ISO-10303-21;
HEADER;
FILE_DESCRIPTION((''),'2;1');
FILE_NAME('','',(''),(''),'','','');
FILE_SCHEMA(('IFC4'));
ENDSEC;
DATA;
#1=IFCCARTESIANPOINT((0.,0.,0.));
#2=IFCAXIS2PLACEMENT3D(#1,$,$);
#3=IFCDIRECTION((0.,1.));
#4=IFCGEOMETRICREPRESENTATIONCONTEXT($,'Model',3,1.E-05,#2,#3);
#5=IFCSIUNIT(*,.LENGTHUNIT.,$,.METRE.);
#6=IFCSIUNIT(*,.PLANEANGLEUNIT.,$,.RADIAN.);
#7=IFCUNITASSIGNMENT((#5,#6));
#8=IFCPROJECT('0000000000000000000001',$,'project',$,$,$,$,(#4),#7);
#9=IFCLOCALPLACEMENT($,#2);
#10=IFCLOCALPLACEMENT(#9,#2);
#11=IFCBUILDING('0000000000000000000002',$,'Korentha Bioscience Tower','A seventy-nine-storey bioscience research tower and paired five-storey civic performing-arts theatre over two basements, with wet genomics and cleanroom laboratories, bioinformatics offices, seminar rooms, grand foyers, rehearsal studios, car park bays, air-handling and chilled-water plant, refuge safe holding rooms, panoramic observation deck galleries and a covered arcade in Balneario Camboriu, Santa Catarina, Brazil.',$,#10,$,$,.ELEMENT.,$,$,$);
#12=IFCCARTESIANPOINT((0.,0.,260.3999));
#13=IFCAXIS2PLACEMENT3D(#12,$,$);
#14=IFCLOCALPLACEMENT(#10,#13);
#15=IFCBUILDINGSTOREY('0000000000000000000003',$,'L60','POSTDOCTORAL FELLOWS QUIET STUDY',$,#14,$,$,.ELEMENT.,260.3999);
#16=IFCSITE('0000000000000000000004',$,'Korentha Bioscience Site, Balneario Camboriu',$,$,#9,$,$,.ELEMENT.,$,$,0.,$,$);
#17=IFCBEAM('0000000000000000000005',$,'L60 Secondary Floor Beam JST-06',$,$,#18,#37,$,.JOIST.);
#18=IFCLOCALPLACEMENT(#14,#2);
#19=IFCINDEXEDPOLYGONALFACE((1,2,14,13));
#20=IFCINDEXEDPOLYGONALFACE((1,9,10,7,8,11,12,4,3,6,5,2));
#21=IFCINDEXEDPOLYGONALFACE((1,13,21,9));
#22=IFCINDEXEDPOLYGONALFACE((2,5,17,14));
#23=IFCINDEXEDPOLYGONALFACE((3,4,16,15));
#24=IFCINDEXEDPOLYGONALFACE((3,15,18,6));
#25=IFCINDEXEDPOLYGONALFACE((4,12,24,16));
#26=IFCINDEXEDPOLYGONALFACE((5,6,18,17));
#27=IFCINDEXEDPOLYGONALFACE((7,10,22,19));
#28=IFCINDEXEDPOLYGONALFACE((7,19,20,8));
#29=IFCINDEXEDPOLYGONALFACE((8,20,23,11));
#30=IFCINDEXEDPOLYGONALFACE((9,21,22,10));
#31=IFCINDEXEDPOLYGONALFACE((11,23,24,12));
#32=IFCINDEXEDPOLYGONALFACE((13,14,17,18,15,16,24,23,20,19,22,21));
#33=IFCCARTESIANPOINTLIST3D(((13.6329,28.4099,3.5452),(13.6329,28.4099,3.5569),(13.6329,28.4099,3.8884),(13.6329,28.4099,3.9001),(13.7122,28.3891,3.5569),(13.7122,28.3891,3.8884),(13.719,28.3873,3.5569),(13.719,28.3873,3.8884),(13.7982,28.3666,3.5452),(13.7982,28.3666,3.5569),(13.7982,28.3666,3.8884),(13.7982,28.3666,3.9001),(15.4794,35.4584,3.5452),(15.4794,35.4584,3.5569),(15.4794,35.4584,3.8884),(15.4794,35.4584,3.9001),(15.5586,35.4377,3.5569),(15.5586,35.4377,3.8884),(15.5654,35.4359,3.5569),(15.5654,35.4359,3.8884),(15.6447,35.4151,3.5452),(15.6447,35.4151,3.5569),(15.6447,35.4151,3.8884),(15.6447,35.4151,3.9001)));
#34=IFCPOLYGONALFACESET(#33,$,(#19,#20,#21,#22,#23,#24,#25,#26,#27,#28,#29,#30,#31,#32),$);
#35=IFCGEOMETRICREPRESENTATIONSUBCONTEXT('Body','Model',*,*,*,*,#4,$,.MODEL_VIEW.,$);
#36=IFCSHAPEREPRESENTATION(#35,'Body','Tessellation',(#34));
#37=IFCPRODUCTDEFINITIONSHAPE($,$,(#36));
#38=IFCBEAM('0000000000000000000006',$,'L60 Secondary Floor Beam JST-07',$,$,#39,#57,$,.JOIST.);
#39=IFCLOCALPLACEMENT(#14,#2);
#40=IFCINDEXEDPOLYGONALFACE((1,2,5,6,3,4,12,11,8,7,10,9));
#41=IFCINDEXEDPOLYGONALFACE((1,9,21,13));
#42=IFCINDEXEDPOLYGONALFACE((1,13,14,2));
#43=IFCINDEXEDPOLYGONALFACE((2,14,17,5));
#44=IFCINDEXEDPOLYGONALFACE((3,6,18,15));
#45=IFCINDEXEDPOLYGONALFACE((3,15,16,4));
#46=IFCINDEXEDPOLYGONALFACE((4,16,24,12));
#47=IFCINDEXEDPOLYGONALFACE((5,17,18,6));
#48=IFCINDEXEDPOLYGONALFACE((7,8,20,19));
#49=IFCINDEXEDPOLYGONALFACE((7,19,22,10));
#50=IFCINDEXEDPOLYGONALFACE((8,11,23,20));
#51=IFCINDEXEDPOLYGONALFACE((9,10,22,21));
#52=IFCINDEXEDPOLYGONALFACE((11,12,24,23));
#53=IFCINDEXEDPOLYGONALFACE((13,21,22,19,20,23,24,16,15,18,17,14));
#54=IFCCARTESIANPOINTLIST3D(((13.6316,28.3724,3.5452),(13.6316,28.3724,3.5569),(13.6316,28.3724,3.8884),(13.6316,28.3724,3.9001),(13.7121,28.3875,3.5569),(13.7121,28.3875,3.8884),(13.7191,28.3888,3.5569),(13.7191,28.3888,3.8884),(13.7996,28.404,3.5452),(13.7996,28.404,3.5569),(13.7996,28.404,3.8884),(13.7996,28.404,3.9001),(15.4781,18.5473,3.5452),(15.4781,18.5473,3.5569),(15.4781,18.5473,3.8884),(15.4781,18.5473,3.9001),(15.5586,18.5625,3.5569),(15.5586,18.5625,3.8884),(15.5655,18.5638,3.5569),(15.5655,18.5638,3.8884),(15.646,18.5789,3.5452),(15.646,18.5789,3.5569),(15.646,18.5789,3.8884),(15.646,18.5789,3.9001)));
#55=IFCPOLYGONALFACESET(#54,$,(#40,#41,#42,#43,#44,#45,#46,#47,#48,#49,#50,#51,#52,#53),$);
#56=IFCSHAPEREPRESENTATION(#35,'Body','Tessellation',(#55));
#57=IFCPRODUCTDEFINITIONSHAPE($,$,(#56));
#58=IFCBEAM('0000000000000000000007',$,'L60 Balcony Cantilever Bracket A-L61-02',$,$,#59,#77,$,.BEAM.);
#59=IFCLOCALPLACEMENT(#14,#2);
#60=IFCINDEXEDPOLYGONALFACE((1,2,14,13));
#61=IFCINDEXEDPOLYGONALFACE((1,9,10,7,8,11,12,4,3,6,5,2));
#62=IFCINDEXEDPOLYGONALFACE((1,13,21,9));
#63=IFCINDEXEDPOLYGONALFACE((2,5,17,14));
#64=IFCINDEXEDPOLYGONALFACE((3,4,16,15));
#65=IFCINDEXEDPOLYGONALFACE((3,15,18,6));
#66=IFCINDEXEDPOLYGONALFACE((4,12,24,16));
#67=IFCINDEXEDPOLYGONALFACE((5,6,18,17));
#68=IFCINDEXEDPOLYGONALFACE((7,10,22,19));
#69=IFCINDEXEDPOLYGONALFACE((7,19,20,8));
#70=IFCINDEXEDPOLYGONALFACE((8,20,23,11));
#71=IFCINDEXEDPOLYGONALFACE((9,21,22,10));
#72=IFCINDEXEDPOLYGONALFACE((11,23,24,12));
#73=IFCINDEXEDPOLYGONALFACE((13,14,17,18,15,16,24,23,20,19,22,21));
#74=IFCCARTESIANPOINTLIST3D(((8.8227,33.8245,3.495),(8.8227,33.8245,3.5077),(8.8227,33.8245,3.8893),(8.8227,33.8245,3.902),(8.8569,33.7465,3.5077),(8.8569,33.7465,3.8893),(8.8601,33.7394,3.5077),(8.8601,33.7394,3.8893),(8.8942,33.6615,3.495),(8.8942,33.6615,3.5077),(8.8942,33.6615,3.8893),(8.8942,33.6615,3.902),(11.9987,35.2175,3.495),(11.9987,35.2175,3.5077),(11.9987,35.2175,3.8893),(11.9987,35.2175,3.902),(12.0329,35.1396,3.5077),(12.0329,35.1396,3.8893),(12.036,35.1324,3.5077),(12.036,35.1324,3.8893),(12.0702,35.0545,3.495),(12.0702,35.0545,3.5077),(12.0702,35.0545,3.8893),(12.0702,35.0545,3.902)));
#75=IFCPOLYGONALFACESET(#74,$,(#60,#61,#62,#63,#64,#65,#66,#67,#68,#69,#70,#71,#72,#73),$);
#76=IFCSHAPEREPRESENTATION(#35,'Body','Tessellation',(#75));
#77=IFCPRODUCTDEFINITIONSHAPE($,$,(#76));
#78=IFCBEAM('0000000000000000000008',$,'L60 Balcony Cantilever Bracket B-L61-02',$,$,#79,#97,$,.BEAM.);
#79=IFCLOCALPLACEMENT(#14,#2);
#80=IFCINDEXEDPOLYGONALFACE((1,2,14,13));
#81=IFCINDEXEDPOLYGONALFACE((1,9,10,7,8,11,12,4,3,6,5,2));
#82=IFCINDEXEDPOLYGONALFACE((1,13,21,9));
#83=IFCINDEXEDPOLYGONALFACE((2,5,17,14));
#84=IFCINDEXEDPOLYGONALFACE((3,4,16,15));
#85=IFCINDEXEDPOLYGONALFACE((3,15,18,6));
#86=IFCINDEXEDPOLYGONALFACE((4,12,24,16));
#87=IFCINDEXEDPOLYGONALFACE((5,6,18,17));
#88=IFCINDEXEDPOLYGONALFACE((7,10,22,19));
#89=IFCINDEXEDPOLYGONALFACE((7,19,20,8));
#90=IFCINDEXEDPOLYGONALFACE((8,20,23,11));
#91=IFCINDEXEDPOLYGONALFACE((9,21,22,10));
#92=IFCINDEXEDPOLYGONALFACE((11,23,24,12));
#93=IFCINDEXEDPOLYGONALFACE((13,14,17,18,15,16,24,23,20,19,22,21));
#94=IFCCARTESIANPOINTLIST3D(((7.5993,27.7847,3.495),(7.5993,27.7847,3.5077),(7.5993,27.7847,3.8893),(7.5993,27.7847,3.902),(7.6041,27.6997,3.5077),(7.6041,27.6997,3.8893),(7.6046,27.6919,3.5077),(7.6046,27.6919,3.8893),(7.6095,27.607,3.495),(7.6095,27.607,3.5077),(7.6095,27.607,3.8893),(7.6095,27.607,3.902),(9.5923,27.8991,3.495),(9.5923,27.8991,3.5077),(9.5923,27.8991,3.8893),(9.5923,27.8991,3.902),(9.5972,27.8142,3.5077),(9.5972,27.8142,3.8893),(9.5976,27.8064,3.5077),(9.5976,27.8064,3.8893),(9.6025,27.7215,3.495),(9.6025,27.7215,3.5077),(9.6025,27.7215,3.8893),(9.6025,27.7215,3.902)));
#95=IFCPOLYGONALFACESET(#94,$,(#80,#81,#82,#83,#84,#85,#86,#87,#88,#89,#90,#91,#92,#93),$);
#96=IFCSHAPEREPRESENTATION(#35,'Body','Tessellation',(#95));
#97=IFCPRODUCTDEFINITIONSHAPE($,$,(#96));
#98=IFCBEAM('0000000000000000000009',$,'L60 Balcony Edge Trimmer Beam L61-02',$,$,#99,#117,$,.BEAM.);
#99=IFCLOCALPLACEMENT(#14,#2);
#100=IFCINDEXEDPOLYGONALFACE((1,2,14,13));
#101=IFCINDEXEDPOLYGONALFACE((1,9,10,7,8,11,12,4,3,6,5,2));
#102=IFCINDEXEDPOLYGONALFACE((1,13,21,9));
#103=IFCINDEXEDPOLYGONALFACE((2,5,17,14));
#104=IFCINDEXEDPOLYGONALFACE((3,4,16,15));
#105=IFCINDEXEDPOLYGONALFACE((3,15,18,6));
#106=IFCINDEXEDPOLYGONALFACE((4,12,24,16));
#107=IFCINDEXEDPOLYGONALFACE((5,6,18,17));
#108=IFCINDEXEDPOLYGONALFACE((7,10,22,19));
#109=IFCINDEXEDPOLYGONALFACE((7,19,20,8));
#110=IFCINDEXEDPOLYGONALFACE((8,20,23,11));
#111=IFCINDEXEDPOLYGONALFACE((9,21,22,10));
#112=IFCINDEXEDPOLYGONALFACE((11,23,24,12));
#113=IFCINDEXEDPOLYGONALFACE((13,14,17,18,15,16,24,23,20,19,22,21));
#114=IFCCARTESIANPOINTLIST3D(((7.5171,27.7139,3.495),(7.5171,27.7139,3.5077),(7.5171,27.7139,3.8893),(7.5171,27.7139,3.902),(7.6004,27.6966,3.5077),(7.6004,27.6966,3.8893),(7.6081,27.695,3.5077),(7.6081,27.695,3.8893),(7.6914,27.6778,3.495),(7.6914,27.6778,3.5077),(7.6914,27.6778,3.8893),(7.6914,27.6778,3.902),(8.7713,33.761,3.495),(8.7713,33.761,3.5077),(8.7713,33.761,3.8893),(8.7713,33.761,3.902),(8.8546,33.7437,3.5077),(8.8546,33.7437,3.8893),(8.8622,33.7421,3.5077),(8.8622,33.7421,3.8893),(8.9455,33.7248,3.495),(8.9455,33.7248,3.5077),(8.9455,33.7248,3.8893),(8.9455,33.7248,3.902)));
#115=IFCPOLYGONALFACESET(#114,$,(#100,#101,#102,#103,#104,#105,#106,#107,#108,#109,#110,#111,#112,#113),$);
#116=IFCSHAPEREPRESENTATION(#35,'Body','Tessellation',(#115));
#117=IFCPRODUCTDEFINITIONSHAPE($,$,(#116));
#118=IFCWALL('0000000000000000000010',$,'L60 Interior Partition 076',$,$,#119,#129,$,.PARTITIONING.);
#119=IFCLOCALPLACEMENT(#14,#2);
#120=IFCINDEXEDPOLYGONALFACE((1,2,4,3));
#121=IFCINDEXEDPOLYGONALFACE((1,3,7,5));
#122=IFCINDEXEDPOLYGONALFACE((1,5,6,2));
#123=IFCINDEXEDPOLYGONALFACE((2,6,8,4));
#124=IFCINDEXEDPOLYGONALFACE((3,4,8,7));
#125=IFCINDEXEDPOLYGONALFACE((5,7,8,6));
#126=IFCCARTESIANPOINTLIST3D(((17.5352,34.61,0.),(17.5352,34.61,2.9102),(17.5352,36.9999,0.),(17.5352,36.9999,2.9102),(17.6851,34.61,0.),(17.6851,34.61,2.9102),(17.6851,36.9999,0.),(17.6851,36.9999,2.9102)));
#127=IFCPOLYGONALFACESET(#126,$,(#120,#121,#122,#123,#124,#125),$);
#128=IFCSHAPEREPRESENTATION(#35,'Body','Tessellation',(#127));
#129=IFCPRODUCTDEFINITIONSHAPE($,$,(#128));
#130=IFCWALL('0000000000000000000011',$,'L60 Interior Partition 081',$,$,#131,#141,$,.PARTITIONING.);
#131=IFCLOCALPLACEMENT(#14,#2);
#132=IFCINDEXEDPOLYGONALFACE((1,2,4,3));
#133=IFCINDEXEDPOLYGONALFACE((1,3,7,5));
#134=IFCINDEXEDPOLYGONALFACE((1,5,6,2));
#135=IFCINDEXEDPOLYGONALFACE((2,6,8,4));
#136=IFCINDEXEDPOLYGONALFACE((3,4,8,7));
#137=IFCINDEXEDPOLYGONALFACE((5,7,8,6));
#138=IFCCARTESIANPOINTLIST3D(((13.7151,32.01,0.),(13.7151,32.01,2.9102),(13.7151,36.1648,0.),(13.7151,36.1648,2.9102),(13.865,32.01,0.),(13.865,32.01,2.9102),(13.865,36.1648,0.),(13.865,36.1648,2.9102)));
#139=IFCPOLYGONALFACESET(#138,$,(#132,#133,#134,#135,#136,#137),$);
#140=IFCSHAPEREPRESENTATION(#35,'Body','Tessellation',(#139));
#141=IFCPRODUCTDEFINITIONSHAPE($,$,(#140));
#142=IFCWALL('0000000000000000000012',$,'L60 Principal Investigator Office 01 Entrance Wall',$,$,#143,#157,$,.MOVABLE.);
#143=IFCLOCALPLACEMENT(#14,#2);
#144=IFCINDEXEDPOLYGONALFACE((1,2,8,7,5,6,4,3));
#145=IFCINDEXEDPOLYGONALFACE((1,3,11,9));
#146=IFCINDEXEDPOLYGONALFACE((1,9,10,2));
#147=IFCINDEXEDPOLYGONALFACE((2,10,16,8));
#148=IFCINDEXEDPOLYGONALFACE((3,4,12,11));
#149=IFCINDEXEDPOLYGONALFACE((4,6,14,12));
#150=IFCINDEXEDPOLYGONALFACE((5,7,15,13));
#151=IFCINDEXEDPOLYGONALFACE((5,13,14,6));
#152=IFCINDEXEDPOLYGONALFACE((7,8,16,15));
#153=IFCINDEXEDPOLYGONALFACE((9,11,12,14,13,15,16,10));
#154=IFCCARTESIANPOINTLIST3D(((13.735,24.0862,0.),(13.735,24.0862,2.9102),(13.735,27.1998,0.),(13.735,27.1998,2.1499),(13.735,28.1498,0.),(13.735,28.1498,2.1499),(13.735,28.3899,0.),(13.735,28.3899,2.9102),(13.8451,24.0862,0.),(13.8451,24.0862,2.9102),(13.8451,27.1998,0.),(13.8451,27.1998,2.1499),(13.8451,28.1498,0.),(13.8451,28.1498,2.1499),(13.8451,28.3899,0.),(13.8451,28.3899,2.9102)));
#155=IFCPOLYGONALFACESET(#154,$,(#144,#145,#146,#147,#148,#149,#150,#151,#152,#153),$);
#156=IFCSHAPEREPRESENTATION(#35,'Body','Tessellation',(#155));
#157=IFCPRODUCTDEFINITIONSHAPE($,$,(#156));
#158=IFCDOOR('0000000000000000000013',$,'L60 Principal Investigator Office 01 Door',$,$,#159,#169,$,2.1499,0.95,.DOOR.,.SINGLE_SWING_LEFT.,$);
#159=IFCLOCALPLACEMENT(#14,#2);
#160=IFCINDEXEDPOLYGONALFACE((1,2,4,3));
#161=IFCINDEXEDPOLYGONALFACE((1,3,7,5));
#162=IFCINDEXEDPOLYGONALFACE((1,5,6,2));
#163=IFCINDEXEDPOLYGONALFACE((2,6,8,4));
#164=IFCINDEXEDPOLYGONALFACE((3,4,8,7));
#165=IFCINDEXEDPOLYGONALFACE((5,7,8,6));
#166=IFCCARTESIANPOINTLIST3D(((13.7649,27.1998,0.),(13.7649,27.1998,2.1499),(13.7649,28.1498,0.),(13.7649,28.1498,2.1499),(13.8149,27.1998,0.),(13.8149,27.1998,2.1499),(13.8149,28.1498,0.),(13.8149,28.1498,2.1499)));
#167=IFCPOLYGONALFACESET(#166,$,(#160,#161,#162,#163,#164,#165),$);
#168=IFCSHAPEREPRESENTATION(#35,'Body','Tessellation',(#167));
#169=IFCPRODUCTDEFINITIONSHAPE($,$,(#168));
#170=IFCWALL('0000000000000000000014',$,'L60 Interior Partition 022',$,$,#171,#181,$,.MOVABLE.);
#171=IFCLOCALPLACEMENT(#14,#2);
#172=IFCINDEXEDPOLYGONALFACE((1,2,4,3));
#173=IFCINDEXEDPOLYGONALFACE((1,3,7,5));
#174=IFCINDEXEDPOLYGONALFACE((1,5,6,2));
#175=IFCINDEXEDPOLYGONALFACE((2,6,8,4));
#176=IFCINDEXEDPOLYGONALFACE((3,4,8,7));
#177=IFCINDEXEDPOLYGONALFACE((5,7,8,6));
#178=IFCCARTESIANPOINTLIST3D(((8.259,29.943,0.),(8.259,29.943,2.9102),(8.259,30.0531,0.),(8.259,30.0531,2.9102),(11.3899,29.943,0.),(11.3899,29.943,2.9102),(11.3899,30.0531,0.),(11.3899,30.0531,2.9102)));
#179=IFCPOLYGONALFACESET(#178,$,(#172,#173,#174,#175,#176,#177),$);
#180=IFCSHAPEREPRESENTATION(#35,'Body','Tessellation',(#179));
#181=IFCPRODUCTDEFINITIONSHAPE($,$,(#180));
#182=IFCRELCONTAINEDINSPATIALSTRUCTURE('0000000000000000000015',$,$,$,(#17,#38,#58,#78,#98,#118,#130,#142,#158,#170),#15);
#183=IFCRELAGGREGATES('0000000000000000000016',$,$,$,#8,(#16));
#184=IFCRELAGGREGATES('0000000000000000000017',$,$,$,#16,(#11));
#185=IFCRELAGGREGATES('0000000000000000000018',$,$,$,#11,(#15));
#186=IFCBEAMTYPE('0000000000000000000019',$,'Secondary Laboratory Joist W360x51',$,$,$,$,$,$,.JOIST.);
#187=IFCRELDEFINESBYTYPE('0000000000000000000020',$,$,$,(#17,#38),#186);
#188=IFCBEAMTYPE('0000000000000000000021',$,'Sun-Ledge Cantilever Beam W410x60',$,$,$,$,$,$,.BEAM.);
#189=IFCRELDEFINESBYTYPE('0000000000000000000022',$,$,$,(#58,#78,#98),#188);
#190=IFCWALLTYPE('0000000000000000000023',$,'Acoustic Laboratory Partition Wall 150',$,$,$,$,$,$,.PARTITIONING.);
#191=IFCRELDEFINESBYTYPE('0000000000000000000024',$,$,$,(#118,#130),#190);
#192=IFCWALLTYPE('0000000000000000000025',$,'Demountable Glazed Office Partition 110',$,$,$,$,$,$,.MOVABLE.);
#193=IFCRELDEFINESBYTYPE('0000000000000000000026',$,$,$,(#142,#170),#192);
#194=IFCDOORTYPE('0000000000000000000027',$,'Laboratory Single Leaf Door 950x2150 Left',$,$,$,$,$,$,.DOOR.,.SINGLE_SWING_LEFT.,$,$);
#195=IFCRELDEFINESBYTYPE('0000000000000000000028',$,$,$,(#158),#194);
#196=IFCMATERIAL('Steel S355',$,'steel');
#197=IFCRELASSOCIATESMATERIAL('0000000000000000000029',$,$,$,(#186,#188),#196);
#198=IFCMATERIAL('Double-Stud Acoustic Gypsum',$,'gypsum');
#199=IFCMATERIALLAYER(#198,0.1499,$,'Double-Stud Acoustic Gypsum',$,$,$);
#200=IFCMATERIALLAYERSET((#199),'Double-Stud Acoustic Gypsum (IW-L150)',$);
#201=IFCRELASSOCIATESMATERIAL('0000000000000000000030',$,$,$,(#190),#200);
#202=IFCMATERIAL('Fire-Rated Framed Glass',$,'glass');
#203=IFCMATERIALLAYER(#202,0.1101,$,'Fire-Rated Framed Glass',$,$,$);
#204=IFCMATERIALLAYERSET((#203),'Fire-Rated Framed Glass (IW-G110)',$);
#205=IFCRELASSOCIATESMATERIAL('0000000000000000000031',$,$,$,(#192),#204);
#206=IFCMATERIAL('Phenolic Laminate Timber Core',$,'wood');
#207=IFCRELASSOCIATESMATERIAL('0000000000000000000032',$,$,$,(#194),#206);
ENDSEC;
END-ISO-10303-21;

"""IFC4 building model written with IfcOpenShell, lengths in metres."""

from ifc_helpers import new_model, si_unit, direction, frame, frame_2d, origin, origin_2d, place, context, subcontext, project, spatial, rectangle, i_section, extrude, material, layer, layer_set, material_profile, profile_set, type_object, element, fill, save


model = new_model("IFC4")

# Units and contexts
model_context = context("Model", 3, precision=1e-05, world=origin(), true_north=direction((0.0, 1.0)))
body_context = subcontext(model_context, "Body", "Model", "MODEL_VIEW")
ifc_project = project(units=[si_unit("LENGTHUNIT", "METRE"), si_unit("PLANEANGLEUNIT", "RADIAN")], contexts=[model_context])

# Site, building, storey
site_placement = place(None, origin())
site = spatial("IfcSite", under=ifc_project, at=site_placement, Name="Korentha Bioscience Site, Balneario Camboriu", CompositionType="ELEMENT", RefElevation=0.0)
building_placement = place(site_placement, origin())
building = spatial("IfcBuilding", under=site, at=building_placement, Name="Korentha Bioscience Tower", Description="A seventy-nine-storey bioscience research tower and paired five-storey civic performing-arts theatre over two basements, with wet genomics and cleanroom laboratories, bioinformatics offices, seminar rooms, grand foyers, rehearsal studios, car park bays, air-handling and chilled-water plant, refuge safe holding rooms, panoramic observation deck galleries and a covered arcade in Balneario Camboriu, Santa Catarina, Brazil.", CompositionType="ELEMENT")
storey_placement = place(building_placement, frame((0.0, 0.0, 260.3999)))
storey = spatial("IfcBuildingStorey", under=building, at=storey_placement, Name="L60", Description="POSTDOCTORAL FELLOWS QUIET STUDY", CompositionType="ELEMENT", Elevation=260.3999)

# Beams
ifc_material_1 = material(Name="Steel S355", Category="steel")
ifc_material_profile_1 = material_profile(ifc_material_1, i_section(OverallWidth=0.1709, OverallDepth=0.355, WebThickness=0.0071, FlangeThickness=0.0117, at=origin_2d()), Name="Steel S355")
ifc_profile_set_1 = profile_set([ifc_material_profile_1], Name="Steel S355 (JB-360)")
beam_type_1 = type_object("IfcBeamType", Name="Secondary Laboratory Joist W360x51", PredefinedType="JOIST", material=ifc_profile_set_1)
beam_1_placement = place(storey_placement, frame((15.562, 35.4368, 3.7227), z_axis=(-0.253408, -0.96736, 0.0), x_axis=(0.96736, -0.253408, 0.0)))
element("IfcBeam", 1, at=beam_1_placement, inside=storey, type_object=beam_type_1, Name="L60 Secondary Floor Beam JST-06", PredefinedType="JOIST", context=body_context, shape_type="SweptSolid", body=[
    extrude(i_section(OverallWidth=0.1709, OverallDepth=0.355, WebThickness=0.0071, FlangeThickness=0.0117, at=origin_2d()), origin(), (0.0, 0.0, 1.0), 7.2864),
])
beam_2_placement = place(storey_placement, frame((13.7156, 28.3882, 3.7227), z_axis=(0.1847, -0.982795, 0.0), x_axis=(0.982795, 0.1847, 0.0)))
element("IfcBeam", 2, at=beam_2_placement, inside=storey, type_object=beam_type_1, Name="L60 Secondary Floor Beam JST-07", PredefinedType="JOIST", context=body_context, shape_type="SweptSolid", body=[
    extrude(i_section(OverallWidth=0.1709, OverallDepth=0.355, WebThickness=0.0071, FlangeThickness=0.0117, at=origin_2d()), origin(), (0.0, 0.0, 1.0), 9.9971),
])
ifc_material_profile_2 = material_profile(ifc_material_1, i_section(OverallWidth=0.178, OverallDepth=0.407, WebThickness=0.0078, FlangeThickness=0.0127, at=origin_2d()), Name="Steel S355")
ifc_profile_set_2 = profile_set([ifc_material_profile_2], Name="Steel S355 (CB-410)")
beam_type_2 = type_object("IfcBeamType", Name="Sun-Ledge Cantilever Beam W410x60", PredefinedType="BEAM", material=ifc_profile_set_2)
beam_3_placement = place(storey_placement, frame((12.0344, 35.136, 3.6985), z_axis=(-0.91578, -0.401679, 0.0), x_axis=(0.401679, -0.91578, 0.0)))
element("IfcBeam", 3, at=beam_3_placement, inside=storey, type_object=beam_type_2, Name="L60 Balcony Cantilever Bracket A-L61-02", PredefinedType="BEAM", context=body_context, shape_type="SweptSolid", body=[
    extrude(i_section(OverallWidth=0.178, OverallDepth=0.407, WebThickness=0.0078, FlangeThickness=0.0127, at=origin_2d()), origin(), (0.0, 0.0, 1.0), 3.468),
])
beam_4_placement = place(storey_placement, frame((9.5974, 27.8103, 3.6985), z_axis=(-0.998354, -0.057353, 0.0), x_axis=(0.057353, -0.998354, 0.0)))
element("IfcBeam", 4, at=beam_4_placement, inside=storey, type_object=beam_type_2, Name="L60 Balcony Cantilever Bracket B-L61-02", PredefinedType="BEAM", context=body_context, shape_type="SweptSolid", body=[
    extrude(i_section(OverallWidth=0.178, OverallDepth=0.407, WebThickness=0.0078, FlangeThickness=0.0127, at=origin_2d()), origin(), (0.0, 0.0, 1.0), 1.9963),
])
beam_5_placement = place(storey_placement, frame((8.8584, 33.7429, 3.6985), z_axis=(-0.203075, -0.979163, 0.0), x_axis=(0.979163, -0.203075, 0.0)))
element("IfcBeam", 5, at=beam_5_placement, inside=storey, type_object=beam_type_2, Name="L60 Balcony Edge Trimmer Beam L61-02", PredefinedType="BEAM", context=body_context, shape_type="SweptSolid", body=[
    extrude(i_section(OverallWidth=0.178, OverallDepth=0.407, WebThickness=0.0078, FlangeThickness=0.0127, at=origin_2d()), origin(), (0.0, 0.0, 1.0), 6.1758),
])

# Walls
ifc_material_2 = material(Name="Double-Stud Acoustic Gypsum", Category="gypsum")
ifc_layer_1 = layer(ifc_material_2, 0.1499, Name="Double-Stud Acoustic Gypsum")
ifc_layer_set_1 = layer_set([ifc_layer_1], Name="Double-Stud Acoustic Gypsum (IW-L150)")
wall_type_1 = type_object("IfcWallType", Name="Acoustic Laboratory Partition Wall 150", PredefinedType="PARTITIONING", material=ifc_layer_set_1)
wall_1_placement = place(storey_placement, frame((17.6101, 34.6101, 0.0), z_axis=(0.0, 0.0, 1.0), x_axis=(0.0, 1.0, 0.0)))
element("IfcWall", 6, at=wall_1_placement, inside=storey, type_object=wall_type_1, Name="L60 Interior Partition 076", PredefinedType="PARTITIONING", context=body_context, shape_type="SweptSolid", body=[
    extrude(rectangle(XDim=2.3899, YDim=0.1499, at=frame_2d((1.1948, 0.0))), origin(), (0.0, 0.0, 1.0), 2.9102),
])
wall_2_placement = place(storey_placement, frame((13.79, 36.1648, 0.0), z_axis=(0.0, 0.0, 1.0), x_axis=(0.0, -1.0, 0.0)))
element("IfcWall", 7, at=wall_2_placement, inside=storey, type_object=wall_type_1, Name="L60 Interior Partition 081", PredefinedType="PARTITIONING", context=body_context, shape_type="SweptSolid", body=[
    extrude(rectangle(XDim=4.1548, YDim=0.1499, at=frame_2d((2.0774, 0.0))), origin(), (0.0, 0.0, 1.0), 2.9102),
])

# Wall, opening, door
ifc_material_3 = material(Name="Fire-Rated Framed Glass", Category="glass")
ifc_layer_2 = layer(ifc_material_3, 0.1101, Name="Fire-Rated Framed Glass")
ifc_layer_set_2 = layer_set([ifc_layer_2], Name="Fire-Rated Framed Glass (IW-G110)")
wall_type_2 = type_object("IfcWallType", Name="Demountable Glazed Office Partition 110", PredefinedType="MOVABLE", material=ifc_layer_set_2)
wall_3_placement = place(storey_placement, frame((13.79, 28.3899, 0.0), z_axis=(0.0, 0.0, 1.0), x_axis=(0.0, -1.0, 0.0)))
wall_3 = element("IfcWall", 8, at=wall_3_placement, inside=storey, type_object=wall_type_2, Name="L60 Principal Investigator Office 01 Entrance Wall", PredefinedType="MOVABLE", context=body_context, shape_type="SweptSolid", body=[
    extrude(rectangle(XDim=4.3037, YDim=0.1101, at=frame_2d((2.1519, 0.0))), origin(), (0.0, 0.0, 1.0), 2.9102),
])
opening_1_placement = place(wall_3_placement, frame((0.24, 0.0, 0.0)))
opening_1 = element("IfcOpeningElement", 9, at=opening_1_placement, cuts=wall_3, PredefinedType="OPENING", context=body_context, shape_type="SweptSolid", body=[
    extrude(rectangle(XDim=0.95, YDim=2.1499, at=frame_2d((0.4751, 1.075))), frame((0.0, 0.0698, 0.0), z_axis=(0.0, -1.0, 0.0), x_axis=(1.0, 0.0, 0.0)), (0.0, 0.0, 1.0), 0.1399),
])
ifc_material_4 = material(Name="Phenolic Laminate Timber Core", Category="wood")
door_type_1 = type_object("IfcDoorType", Name="Laboratory Single Leaf Door 950x2150 Left", OperationType="SINGLE_SWING_LEFT", PredefinedType="DOOR", material=ifc_material_4)
door_1_placement = place(opening_1_placement, origin())
door_1 = element("IfcDoor", 10, at=door_1_placement, inside=storey, type_object=door_type_1, Name="L60 Principal Investigator Office 01 Door", OperationType="SINGLE_SWING_LEFT", OverallHeight=2.1499, OverallWidth=0.95, PredefinedType="DOOR", context=body_context, shape_type="SweptSolid", body=[
    extrude(rectangle(XDim=0.95, YDim=2.1499, at=frame_2d((0.4751, 1.075))), frame((0.0, 0.0249, 0.0), z_axis=(0.0, -1.0, 0.0), x_axis=(1.0, 0.0, 0.0)), (0.0, 0.0, 1.0), 0.05),
])
fill(opening_1, door_1)

# Wall
wall_4_placement = place(storey_placement, frame((8.259, 29.998, 0.0), z_axis=(0.0, 0.0, 1.0), x_axis=(1.0, 0.0, 0.0)))
element("IfcWall", 11, at=wall_4_placement, inside=storey, type_object=wall_type_2, Name="L60 Interior Partition 022", PredefinedType="MOVABLE", context=body_context, shape_type="SweptSolid", body=[
    extrude(rectangle(XDim=3.1309, YDim=0.1101, at=frame_2d((1.5654, 0.0))), origin(), (0.0, 0.0, 1.0), 2.9102),
])

save(model, "model.ifc")
